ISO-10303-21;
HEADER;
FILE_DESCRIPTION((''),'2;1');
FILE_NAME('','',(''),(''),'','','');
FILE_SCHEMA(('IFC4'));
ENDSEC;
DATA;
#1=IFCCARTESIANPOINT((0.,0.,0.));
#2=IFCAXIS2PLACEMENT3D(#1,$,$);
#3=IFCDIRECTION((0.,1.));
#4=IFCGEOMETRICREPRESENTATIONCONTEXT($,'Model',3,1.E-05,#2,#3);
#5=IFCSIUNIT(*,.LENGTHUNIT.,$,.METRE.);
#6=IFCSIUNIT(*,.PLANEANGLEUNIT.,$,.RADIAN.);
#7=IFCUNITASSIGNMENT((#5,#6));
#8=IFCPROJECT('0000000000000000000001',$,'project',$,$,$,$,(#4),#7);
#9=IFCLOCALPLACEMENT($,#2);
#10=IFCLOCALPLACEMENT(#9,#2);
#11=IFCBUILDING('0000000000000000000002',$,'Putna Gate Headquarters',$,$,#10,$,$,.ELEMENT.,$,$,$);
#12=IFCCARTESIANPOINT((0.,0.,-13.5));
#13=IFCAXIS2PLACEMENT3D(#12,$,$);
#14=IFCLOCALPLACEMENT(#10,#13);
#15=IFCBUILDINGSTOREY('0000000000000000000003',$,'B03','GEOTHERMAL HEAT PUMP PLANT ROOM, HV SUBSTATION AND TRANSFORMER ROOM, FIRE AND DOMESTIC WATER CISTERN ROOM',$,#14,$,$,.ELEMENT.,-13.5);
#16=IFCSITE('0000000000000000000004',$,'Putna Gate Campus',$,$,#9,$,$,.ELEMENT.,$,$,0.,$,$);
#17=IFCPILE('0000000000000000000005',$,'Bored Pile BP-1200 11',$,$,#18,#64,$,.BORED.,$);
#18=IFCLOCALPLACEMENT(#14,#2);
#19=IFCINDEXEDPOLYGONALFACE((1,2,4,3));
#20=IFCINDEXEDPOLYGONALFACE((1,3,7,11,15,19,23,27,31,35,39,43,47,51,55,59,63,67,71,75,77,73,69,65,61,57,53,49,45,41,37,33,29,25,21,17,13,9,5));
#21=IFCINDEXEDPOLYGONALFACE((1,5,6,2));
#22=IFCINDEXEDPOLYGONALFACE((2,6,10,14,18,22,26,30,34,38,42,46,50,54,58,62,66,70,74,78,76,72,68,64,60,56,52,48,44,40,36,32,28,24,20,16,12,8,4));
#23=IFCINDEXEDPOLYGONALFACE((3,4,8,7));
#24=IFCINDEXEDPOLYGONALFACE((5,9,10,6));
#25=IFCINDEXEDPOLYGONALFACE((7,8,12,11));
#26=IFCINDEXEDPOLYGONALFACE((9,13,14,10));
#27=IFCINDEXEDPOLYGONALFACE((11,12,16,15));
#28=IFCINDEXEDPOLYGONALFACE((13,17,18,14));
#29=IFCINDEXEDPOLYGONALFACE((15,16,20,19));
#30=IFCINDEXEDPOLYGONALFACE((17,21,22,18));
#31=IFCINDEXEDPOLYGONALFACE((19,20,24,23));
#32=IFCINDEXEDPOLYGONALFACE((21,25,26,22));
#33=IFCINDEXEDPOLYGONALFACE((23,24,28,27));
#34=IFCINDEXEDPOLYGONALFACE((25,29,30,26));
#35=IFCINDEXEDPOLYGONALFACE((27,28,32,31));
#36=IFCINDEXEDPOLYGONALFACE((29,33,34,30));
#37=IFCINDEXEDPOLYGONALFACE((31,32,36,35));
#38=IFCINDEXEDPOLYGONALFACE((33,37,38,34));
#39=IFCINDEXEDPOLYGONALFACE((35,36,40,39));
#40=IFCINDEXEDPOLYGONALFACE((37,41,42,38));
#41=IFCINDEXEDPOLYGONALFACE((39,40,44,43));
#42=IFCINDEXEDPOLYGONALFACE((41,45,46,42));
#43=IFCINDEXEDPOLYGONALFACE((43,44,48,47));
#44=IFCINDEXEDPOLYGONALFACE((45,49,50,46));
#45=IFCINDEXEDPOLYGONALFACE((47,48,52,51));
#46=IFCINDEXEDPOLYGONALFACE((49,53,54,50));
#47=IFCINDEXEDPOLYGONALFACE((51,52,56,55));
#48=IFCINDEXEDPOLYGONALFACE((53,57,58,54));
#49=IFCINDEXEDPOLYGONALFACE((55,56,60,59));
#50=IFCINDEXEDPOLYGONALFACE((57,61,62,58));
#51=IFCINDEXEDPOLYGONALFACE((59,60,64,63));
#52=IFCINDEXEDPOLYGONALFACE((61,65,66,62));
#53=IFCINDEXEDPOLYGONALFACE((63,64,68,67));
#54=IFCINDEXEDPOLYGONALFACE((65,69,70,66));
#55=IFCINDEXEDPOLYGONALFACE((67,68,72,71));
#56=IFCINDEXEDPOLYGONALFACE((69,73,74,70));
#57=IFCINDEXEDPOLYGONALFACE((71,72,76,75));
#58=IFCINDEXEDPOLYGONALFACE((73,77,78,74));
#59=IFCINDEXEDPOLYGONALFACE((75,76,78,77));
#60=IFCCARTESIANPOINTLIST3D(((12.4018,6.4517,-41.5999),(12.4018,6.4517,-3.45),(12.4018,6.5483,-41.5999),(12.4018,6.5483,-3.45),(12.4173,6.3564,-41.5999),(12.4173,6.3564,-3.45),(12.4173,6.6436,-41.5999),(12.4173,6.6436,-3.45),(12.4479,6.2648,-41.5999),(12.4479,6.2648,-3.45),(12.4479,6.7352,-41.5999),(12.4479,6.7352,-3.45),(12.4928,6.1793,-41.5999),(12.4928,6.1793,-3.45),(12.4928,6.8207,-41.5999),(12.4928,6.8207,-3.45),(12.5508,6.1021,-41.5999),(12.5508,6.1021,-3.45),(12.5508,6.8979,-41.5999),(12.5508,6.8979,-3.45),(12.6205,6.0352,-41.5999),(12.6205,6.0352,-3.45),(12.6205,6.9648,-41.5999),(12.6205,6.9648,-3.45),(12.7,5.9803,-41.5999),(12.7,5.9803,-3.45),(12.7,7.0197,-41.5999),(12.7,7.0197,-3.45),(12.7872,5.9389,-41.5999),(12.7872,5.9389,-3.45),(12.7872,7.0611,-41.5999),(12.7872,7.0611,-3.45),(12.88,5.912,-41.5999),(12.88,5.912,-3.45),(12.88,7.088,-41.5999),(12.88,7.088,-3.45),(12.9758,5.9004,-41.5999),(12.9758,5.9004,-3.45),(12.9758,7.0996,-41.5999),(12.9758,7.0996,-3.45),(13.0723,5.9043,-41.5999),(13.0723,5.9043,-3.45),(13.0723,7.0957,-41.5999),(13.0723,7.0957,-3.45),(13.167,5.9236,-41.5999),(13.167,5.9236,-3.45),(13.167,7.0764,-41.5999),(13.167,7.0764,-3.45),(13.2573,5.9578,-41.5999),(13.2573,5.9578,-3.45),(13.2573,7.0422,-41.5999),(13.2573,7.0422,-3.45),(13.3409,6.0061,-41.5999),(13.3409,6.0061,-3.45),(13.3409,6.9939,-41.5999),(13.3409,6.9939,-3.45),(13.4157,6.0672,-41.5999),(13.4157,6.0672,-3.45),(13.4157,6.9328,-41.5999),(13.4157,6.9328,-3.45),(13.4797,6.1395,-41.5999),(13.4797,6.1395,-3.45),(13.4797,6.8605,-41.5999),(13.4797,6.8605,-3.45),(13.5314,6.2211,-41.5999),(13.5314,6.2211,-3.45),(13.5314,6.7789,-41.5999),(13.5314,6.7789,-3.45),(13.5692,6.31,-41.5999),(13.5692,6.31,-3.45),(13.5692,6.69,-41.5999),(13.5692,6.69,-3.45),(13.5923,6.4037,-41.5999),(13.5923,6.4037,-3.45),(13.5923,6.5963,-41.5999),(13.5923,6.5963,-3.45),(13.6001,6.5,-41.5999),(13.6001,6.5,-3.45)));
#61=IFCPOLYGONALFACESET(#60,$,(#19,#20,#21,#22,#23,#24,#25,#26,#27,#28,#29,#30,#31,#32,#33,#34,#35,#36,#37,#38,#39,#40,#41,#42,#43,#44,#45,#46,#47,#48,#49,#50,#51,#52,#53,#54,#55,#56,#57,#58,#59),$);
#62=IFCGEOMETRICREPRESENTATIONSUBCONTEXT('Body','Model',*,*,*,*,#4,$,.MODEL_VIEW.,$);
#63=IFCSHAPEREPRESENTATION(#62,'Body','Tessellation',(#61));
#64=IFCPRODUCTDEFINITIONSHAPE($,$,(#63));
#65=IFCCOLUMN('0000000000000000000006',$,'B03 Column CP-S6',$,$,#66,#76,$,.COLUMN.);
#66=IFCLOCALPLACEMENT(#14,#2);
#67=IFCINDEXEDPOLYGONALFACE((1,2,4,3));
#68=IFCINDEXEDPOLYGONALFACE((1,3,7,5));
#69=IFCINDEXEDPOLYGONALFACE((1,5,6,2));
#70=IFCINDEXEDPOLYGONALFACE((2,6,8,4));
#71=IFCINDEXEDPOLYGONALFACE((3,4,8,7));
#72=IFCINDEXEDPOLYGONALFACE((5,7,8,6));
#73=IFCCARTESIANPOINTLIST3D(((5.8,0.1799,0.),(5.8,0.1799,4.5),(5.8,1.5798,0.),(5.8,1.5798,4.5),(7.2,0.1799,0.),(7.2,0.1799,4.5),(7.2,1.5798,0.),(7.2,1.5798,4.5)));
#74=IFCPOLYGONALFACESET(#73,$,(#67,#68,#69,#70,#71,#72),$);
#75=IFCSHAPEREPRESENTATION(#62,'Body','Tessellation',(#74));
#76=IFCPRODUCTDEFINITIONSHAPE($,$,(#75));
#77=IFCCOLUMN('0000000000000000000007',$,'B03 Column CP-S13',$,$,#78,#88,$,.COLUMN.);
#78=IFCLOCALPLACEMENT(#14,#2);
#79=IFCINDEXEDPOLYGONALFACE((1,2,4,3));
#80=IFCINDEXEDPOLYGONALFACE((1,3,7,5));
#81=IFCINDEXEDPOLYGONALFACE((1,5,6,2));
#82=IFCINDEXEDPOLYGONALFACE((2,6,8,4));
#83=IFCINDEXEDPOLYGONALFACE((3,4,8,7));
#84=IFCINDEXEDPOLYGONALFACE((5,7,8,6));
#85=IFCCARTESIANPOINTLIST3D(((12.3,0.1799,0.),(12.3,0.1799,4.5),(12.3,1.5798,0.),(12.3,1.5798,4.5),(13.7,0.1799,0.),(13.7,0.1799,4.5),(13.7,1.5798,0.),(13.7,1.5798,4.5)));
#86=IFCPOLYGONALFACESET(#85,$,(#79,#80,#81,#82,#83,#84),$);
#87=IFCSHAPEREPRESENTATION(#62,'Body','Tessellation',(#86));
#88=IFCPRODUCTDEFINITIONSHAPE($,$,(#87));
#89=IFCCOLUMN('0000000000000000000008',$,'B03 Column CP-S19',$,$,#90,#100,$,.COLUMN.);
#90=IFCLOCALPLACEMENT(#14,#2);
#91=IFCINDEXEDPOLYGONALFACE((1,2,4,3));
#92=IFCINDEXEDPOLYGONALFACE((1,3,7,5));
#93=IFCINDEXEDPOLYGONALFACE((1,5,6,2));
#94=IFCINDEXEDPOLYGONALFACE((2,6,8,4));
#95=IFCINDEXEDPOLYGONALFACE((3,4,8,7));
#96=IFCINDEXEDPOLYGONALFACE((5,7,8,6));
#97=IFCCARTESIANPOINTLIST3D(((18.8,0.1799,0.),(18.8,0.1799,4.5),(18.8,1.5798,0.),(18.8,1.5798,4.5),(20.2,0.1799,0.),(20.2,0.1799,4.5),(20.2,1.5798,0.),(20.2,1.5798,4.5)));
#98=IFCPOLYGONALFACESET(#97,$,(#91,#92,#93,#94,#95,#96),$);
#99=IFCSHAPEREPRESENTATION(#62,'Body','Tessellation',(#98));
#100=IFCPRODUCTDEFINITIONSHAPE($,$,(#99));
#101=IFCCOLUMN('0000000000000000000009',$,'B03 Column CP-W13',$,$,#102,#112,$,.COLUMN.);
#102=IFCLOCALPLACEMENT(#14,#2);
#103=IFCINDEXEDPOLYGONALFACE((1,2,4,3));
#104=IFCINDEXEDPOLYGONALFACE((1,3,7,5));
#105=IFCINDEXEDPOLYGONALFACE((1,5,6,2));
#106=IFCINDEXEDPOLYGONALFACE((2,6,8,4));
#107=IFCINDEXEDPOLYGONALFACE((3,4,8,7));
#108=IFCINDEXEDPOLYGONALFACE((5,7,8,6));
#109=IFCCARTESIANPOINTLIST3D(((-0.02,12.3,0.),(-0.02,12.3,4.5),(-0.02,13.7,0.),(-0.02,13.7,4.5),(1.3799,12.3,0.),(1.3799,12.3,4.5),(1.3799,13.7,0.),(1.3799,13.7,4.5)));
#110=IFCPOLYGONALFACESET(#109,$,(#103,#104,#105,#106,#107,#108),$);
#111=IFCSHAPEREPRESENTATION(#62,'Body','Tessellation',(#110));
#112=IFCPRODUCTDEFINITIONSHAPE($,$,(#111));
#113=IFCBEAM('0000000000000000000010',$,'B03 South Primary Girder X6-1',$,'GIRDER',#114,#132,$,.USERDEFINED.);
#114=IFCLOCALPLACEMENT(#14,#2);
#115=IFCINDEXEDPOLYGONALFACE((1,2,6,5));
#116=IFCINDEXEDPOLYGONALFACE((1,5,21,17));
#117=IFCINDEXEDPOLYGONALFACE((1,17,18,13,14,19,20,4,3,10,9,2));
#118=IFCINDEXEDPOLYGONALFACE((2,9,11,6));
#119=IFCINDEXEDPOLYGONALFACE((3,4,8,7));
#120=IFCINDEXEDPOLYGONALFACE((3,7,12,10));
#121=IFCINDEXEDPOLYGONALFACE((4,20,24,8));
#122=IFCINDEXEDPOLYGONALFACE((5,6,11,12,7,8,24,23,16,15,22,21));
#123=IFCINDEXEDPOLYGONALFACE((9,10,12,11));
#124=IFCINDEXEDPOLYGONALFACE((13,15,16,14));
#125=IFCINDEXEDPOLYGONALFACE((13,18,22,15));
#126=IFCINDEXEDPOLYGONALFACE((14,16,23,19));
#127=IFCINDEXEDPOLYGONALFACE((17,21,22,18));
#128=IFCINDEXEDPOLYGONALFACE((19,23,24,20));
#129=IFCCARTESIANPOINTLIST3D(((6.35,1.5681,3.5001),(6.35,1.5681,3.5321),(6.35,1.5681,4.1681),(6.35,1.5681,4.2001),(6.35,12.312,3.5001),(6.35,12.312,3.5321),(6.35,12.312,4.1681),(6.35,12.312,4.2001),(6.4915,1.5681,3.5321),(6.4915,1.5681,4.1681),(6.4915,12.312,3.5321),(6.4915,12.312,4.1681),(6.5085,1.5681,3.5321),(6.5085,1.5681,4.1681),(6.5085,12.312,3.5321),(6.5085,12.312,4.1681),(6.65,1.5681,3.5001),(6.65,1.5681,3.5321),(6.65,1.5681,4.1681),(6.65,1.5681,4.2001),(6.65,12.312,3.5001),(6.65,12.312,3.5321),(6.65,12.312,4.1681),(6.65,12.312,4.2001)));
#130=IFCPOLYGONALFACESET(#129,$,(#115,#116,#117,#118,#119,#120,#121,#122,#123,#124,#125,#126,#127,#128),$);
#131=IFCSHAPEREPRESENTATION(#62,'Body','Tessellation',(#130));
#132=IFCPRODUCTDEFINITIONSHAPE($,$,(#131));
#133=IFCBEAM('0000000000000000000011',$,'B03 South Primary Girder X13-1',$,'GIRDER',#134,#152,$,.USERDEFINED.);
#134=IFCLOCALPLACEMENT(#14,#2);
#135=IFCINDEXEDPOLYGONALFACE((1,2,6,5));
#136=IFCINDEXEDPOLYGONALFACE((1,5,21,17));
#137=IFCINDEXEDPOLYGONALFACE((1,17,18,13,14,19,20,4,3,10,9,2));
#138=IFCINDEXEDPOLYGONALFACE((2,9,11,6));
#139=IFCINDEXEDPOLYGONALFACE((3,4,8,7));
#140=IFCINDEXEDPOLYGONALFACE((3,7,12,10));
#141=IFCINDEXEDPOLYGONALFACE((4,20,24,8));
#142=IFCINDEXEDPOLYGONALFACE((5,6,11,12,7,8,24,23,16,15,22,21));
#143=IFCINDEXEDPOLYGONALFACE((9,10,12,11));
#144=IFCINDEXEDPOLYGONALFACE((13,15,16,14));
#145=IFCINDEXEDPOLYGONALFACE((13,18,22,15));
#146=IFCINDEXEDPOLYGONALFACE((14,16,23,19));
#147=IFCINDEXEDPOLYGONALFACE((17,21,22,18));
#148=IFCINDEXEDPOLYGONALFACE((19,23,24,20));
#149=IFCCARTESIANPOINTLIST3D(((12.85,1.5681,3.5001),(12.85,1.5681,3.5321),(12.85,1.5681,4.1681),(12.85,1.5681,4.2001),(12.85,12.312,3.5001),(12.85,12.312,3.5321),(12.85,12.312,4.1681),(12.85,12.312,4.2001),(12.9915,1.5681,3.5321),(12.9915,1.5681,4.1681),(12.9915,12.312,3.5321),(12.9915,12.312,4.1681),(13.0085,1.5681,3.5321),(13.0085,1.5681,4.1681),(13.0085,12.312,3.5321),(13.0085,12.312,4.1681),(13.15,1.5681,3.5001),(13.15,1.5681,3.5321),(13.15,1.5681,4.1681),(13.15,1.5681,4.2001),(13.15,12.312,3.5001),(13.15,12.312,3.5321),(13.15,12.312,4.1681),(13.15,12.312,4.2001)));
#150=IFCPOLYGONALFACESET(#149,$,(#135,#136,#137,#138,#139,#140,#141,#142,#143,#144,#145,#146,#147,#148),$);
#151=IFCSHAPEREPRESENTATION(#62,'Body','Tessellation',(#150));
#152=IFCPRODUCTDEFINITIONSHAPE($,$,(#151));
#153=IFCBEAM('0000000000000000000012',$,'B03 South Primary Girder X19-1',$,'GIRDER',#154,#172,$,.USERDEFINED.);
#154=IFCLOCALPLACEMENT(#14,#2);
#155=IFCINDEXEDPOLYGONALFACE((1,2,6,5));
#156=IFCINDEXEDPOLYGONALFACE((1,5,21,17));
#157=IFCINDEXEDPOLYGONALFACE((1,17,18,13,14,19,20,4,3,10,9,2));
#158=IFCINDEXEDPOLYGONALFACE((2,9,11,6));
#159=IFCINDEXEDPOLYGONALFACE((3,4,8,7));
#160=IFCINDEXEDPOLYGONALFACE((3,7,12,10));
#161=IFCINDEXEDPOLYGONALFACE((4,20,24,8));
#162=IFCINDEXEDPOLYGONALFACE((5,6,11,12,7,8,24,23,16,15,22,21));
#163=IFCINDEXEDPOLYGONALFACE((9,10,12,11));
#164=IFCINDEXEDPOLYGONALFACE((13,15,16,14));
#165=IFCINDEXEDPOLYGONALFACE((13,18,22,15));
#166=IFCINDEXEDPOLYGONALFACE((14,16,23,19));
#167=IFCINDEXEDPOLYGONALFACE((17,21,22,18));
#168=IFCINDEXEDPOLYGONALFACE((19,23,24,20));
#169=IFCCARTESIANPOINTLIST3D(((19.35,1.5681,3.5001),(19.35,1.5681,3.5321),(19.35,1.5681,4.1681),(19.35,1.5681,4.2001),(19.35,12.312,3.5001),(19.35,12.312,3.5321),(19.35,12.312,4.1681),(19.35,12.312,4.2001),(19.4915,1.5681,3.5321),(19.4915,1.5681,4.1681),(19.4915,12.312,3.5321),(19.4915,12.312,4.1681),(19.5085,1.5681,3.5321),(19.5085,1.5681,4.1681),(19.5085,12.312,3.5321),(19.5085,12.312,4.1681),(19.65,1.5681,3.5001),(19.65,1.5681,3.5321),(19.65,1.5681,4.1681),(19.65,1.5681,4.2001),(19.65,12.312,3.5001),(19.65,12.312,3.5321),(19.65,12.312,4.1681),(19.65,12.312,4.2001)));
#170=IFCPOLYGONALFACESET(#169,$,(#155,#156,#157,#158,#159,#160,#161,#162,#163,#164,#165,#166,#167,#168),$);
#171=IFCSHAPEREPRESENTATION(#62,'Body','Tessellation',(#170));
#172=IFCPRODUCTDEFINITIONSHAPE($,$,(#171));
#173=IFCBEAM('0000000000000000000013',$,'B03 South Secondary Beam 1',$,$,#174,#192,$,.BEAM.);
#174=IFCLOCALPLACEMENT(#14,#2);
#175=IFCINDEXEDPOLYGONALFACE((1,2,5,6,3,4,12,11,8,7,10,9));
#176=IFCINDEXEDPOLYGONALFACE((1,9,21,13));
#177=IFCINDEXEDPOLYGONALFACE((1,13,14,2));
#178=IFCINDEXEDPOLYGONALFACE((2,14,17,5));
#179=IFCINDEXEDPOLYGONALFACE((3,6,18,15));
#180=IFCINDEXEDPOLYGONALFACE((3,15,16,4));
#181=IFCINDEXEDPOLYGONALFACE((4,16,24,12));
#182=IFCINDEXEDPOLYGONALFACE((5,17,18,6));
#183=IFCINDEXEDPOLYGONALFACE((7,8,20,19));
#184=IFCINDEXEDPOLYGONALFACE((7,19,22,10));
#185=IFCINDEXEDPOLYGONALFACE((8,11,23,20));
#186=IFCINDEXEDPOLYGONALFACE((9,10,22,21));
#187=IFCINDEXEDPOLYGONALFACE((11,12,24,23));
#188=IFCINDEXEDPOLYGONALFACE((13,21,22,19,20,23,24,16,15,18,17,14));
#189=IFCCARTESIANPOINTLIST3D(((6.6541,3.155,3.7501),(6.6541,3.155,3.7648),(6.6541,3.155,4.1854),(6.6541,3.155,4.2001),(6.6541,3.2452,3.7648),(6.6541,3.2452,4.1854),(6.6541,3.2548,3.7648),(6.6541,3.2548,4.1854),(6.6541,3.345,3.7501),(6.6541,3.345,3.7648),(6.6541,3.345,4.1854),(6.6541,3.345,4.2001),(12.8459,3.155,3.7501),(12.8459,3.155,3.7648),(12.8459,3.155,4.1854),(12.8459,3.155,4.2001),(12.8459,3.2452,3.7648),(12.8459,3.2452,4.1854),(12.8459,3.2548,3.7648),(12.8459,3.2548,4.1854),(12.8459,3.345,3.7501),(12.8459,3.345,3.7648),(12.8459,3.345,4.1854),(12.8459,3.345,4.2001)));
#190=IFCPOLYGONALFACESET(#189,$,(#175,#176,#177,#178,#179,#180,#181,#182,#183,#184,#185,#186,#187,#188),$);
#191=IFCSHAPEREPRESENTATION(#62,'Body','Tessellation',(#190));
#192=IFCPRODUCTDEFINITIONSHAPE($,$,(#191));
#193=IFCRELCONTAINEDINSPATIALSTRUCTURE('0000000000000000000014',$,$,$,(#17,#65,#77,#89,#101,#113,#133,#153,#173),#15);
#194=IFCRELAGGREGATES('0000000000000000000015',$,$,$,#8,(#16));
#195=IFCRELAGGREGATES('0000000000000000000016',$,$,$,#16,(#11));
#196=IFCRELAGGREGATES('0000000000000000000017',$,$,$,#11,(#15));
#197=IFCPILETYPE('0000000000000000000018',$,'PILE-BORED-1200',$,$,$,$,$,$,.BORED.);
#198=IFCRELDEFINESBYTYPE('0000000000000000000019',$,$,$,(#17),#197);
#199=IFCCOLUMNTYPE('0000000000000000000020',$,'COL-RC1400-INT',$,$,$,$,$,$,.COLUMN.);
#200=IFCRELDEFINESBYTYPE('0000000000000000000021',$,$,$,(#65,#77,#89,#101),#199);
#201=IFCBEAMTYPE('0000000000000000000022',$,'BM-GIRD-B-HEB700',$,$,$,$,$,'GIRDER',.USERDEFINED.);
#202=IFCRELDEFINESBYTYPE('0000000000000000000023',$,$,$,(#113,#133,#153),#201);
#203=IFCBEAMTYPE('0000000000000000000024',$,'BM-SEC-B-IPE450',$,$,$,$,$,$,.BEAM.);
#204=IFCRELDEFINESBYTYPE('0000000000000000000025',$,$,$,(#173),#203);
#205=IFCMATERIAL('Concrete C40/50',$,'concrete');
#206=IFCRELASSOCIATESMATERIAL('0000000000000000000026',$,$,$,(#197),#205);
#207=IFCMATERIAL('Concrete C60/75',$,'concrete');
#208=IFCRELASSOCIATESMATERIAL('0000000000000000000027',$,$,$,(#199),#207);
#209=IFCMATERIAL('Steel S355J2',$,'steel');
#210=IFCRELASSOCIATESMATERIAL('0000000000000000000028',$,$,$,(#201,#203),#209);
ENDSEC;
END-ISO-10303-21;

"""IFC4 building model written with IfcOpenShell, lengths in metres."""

from ifc_helpers import new_model, si_unit, direction, frame, origin, origin_2d, place, context, subcontext, project, spatial, rectangle, circle, i_section, extrude, material, material_profile, profile_set, type_object, element, save


model = new_model("IFC4")

# Units and contexts
model_context = context("Model", 3, precision=1e-05, world=origin(), true_north=direction((0.0, 1.0)))
body_context = subcontext(model_context, "Body", "Model", "MODEL_VIEW")
ifc_project = project(units=[si_unit("LENGTHUNIT", "METRE"), si_unit("PLANEANGLEUNIT", "RADIAN")], contexts=[model_context])

# Site, building, storey
site_placement = place(None, origin())
site = spatial("IfcSite", under=ifc_project, at=site_placement, Name="Putna Gate Campus", CompositionType="ELEMENT", RefElevation=0.0)
building_placement = place(site_placement, origin())
building = spatial("IfcBuilding", under=site, at=building_placement, Name="Putna Gate Headquarters", CompositionType="ELEMENT")
storey_placement = place(building_placement, frame((0.0, 0.0, -13.5)))
storey = spatial("IfcBuildingStorey", under=building, at=storey_placement, Name="B03", Description="GEOTHERMAL HEAT PUMP PLANT ROOM, HV SUBSTATION AND TRANSFORMER ROOM, FIRE AND DOMESTIC WATER CISTERN ROOM", CompositionType="ELEMENT", Elevation=-13.5)

# Shared definitions
ifc_material_1 = material(Name="Concrete C40/50", Category="concrete")

# Pile
ifc_material_profile_1 = material_profile(ifc_material_1, circle(Radius=0.6001, at=origin_2d()), Name="Concrete C40/50")
ifc_profile_set_1 = profile_set([ifc_material_profile_1], Name="Concrete C40/50")
pile_type = type_object("IfcPileType", Name="PILE-BORED-1200", PredefinedType="BORED", material=ifc_profile_set_1)
for number, where, z_axis, x_axis, name in (
    (1, (13.0, 6.5, -3.45), (0.0, 0.0, -1.0), (1.0, 0.0, 0.0), "Bored Pile BP-1200 11"),
):
    element("IfcPile", number, at=place(storey_placement, frame(where, z_axis=z_axis, x_axis=x_axis)), inside=storey, type_object=pile_type, Name=name, PredefinedType="BORED", context=body_context, shape_type="SweptSolid", body=[
        extrude(circle(Radius=0.6001, at=origin_2d()), origin(), (0.0, 0.0, 1.0), 38.1499),
    ])

# Columns
ifc_material_2 = material(Name="Concrete C60/75", Category="concrete")
ifc_material_profile_2 = material_profile(ifc_material_2, rectangle(XDim=1.3999, YDim=1.3999, at=origin_2d()), Name="Concrete C60/75")
ifc_profile_set_2 = profile_set([ifc_material_profile_2], Name="Concrete C60/75")
column_type = type_object("IfcColumnType", Name="COL-RC1400-INT", PredefinedType="COLUMN", material=ifc_profile_set_2)
for number, where, z_axis, x_axis, name in (
    (2, (6.5, 0.8799, 0.0), (0.0, 0.0, 1.0), (1.0, 0.0, 0.0), "B03 Column CP-S6"),
    (3, (13.0, 0.8799, 0.0), (0.0, 0.0, 1.0), (1.0, 0.0, 0.0), "B03 Column CP-S13"),
    (4, (19.5, 0.8799, 0.0), (0.0, 0.0, 1.0), (1.0, 0.0, 0.0), "B03 Column CP-S19"),
    (5, (0.6799, 13.0, 0.0), (0.0, 0.0, 1.0), (1.0, 0.0, 0.0), "B03 Column CP-W13"),
):
    element("IfcColumn", number, at=place(storey_placement, frame(where, z_axis=z_axis, x_axis=x_axis)), inside=storey, type_object=column_type, Name=name, PredefinedType="COLUMN", context=body_context, shape_type="SweptSolid", body=[
        extrude(rectangle(XDim=1.3999, YDim=1.3999, at=origin_2d()), origin(), (0.0, 0.0, 1.0), 4.5),
    ])

# Beams
ifc_material_3 = material(Name="Steel S355J2", Category="steel")
ifc_material_profile_3 = material_profile(ifc_material_3, i_section(OverallWidth=0.3, OverallDepth=0.7, WebThickness=0.0171, FlangeThickness=0.032, at=origin_2d()), Name="Steel S355J2")
ifc_profile_set_3 = profile_set([ifc_material_profile_3], Name="Steel S355J2")
beam_type_1 = type_object("IfcBeamType", Name="BM-GIRD-B-HEB700", ElementType="GIRDER", PredefinedType="USERDEFINED", material=ifc_profile_set_3)
for number, where, z_axis, x_axis, name in (
    (6, (6.5, 1.5681, 3.8501), (0.0, 1.0, 0.0), (-1.0, 0.0, 0.0), "B03 South Primary Girder X6-1"),
    (7, (13.0, 1.5681, 3.8501), (0.0, 1.0, 0.0), (-1.0, 0.0, 0.0), "B03 South Primary Girder X13-1"),
    (8, (19.5, 1.5681, 3.8501), (0.0, 1.0, 0.0), (-1.0, 0.0, 0.0), "B03 South Primary Girder X19-1"),
):
    element("IfcBeam", number, at=place(storey_placement, frame(where, z_axis=z_axis, x_axis=x_axis)), inside=storey, type_object=beam_type_1, Name=name, ObjectType="GIRDER", PredefinedType="USERDEFINED", context=body_context, shape_type="SweptSolid", body=[
        extrude(i_section(OverallWidth=0.3, OverallDepth=0.7, WebThickness=0.0171, FlangeThickness=0.032, at=origin_2d()), origin(), (0.0, 0.0, 1.0), 10.7439),
    ])
ifc_material_profile_4 = material_profile(ifc_material_3, i_section(OverallWidth=0.1899, OverallDepth=0.45, WebThickness=0.0095, FlangeThickness=0.0146, at=origin_2d()), Name="Steel S355J2")
ifc_profile_set_4 = profile_set([ifc_material_profile_4], Name="Steel S355J2")
beam_type_2 = type_object("IfcBeamType", Name="BM-SEC-B-IPE450", PredefinedType="BEAM", material=ifc_profile_set_4)
for number, where, z_axis, x_axis, name in (
    (9, (6.6541, 3.25, 3.9751), (1.0, 0.0, 0.0), (0.0, 1.0, 0.0), "B03 South Secondary Beam 1"),
):
    element("IfcBeam", number, at=place(storey_placement, frame(where, z_axis=z_axis, x_axis=x_axis)), inside=storey, type_object=beam_type_2, Name=name, PredefinedType="BEAM", context=body_context, shape_type="SweptSolid", body=[
        extrude(i_section(OverallWidth=0.1899, OverallDepth=0.45, WebThickness=0.0095, FlangeThickness=0.0146, at=origin_2d()), origin(), (0.0, 0.0, 1.0), 6.1919),
    ])

save(model, "model.ifc")
